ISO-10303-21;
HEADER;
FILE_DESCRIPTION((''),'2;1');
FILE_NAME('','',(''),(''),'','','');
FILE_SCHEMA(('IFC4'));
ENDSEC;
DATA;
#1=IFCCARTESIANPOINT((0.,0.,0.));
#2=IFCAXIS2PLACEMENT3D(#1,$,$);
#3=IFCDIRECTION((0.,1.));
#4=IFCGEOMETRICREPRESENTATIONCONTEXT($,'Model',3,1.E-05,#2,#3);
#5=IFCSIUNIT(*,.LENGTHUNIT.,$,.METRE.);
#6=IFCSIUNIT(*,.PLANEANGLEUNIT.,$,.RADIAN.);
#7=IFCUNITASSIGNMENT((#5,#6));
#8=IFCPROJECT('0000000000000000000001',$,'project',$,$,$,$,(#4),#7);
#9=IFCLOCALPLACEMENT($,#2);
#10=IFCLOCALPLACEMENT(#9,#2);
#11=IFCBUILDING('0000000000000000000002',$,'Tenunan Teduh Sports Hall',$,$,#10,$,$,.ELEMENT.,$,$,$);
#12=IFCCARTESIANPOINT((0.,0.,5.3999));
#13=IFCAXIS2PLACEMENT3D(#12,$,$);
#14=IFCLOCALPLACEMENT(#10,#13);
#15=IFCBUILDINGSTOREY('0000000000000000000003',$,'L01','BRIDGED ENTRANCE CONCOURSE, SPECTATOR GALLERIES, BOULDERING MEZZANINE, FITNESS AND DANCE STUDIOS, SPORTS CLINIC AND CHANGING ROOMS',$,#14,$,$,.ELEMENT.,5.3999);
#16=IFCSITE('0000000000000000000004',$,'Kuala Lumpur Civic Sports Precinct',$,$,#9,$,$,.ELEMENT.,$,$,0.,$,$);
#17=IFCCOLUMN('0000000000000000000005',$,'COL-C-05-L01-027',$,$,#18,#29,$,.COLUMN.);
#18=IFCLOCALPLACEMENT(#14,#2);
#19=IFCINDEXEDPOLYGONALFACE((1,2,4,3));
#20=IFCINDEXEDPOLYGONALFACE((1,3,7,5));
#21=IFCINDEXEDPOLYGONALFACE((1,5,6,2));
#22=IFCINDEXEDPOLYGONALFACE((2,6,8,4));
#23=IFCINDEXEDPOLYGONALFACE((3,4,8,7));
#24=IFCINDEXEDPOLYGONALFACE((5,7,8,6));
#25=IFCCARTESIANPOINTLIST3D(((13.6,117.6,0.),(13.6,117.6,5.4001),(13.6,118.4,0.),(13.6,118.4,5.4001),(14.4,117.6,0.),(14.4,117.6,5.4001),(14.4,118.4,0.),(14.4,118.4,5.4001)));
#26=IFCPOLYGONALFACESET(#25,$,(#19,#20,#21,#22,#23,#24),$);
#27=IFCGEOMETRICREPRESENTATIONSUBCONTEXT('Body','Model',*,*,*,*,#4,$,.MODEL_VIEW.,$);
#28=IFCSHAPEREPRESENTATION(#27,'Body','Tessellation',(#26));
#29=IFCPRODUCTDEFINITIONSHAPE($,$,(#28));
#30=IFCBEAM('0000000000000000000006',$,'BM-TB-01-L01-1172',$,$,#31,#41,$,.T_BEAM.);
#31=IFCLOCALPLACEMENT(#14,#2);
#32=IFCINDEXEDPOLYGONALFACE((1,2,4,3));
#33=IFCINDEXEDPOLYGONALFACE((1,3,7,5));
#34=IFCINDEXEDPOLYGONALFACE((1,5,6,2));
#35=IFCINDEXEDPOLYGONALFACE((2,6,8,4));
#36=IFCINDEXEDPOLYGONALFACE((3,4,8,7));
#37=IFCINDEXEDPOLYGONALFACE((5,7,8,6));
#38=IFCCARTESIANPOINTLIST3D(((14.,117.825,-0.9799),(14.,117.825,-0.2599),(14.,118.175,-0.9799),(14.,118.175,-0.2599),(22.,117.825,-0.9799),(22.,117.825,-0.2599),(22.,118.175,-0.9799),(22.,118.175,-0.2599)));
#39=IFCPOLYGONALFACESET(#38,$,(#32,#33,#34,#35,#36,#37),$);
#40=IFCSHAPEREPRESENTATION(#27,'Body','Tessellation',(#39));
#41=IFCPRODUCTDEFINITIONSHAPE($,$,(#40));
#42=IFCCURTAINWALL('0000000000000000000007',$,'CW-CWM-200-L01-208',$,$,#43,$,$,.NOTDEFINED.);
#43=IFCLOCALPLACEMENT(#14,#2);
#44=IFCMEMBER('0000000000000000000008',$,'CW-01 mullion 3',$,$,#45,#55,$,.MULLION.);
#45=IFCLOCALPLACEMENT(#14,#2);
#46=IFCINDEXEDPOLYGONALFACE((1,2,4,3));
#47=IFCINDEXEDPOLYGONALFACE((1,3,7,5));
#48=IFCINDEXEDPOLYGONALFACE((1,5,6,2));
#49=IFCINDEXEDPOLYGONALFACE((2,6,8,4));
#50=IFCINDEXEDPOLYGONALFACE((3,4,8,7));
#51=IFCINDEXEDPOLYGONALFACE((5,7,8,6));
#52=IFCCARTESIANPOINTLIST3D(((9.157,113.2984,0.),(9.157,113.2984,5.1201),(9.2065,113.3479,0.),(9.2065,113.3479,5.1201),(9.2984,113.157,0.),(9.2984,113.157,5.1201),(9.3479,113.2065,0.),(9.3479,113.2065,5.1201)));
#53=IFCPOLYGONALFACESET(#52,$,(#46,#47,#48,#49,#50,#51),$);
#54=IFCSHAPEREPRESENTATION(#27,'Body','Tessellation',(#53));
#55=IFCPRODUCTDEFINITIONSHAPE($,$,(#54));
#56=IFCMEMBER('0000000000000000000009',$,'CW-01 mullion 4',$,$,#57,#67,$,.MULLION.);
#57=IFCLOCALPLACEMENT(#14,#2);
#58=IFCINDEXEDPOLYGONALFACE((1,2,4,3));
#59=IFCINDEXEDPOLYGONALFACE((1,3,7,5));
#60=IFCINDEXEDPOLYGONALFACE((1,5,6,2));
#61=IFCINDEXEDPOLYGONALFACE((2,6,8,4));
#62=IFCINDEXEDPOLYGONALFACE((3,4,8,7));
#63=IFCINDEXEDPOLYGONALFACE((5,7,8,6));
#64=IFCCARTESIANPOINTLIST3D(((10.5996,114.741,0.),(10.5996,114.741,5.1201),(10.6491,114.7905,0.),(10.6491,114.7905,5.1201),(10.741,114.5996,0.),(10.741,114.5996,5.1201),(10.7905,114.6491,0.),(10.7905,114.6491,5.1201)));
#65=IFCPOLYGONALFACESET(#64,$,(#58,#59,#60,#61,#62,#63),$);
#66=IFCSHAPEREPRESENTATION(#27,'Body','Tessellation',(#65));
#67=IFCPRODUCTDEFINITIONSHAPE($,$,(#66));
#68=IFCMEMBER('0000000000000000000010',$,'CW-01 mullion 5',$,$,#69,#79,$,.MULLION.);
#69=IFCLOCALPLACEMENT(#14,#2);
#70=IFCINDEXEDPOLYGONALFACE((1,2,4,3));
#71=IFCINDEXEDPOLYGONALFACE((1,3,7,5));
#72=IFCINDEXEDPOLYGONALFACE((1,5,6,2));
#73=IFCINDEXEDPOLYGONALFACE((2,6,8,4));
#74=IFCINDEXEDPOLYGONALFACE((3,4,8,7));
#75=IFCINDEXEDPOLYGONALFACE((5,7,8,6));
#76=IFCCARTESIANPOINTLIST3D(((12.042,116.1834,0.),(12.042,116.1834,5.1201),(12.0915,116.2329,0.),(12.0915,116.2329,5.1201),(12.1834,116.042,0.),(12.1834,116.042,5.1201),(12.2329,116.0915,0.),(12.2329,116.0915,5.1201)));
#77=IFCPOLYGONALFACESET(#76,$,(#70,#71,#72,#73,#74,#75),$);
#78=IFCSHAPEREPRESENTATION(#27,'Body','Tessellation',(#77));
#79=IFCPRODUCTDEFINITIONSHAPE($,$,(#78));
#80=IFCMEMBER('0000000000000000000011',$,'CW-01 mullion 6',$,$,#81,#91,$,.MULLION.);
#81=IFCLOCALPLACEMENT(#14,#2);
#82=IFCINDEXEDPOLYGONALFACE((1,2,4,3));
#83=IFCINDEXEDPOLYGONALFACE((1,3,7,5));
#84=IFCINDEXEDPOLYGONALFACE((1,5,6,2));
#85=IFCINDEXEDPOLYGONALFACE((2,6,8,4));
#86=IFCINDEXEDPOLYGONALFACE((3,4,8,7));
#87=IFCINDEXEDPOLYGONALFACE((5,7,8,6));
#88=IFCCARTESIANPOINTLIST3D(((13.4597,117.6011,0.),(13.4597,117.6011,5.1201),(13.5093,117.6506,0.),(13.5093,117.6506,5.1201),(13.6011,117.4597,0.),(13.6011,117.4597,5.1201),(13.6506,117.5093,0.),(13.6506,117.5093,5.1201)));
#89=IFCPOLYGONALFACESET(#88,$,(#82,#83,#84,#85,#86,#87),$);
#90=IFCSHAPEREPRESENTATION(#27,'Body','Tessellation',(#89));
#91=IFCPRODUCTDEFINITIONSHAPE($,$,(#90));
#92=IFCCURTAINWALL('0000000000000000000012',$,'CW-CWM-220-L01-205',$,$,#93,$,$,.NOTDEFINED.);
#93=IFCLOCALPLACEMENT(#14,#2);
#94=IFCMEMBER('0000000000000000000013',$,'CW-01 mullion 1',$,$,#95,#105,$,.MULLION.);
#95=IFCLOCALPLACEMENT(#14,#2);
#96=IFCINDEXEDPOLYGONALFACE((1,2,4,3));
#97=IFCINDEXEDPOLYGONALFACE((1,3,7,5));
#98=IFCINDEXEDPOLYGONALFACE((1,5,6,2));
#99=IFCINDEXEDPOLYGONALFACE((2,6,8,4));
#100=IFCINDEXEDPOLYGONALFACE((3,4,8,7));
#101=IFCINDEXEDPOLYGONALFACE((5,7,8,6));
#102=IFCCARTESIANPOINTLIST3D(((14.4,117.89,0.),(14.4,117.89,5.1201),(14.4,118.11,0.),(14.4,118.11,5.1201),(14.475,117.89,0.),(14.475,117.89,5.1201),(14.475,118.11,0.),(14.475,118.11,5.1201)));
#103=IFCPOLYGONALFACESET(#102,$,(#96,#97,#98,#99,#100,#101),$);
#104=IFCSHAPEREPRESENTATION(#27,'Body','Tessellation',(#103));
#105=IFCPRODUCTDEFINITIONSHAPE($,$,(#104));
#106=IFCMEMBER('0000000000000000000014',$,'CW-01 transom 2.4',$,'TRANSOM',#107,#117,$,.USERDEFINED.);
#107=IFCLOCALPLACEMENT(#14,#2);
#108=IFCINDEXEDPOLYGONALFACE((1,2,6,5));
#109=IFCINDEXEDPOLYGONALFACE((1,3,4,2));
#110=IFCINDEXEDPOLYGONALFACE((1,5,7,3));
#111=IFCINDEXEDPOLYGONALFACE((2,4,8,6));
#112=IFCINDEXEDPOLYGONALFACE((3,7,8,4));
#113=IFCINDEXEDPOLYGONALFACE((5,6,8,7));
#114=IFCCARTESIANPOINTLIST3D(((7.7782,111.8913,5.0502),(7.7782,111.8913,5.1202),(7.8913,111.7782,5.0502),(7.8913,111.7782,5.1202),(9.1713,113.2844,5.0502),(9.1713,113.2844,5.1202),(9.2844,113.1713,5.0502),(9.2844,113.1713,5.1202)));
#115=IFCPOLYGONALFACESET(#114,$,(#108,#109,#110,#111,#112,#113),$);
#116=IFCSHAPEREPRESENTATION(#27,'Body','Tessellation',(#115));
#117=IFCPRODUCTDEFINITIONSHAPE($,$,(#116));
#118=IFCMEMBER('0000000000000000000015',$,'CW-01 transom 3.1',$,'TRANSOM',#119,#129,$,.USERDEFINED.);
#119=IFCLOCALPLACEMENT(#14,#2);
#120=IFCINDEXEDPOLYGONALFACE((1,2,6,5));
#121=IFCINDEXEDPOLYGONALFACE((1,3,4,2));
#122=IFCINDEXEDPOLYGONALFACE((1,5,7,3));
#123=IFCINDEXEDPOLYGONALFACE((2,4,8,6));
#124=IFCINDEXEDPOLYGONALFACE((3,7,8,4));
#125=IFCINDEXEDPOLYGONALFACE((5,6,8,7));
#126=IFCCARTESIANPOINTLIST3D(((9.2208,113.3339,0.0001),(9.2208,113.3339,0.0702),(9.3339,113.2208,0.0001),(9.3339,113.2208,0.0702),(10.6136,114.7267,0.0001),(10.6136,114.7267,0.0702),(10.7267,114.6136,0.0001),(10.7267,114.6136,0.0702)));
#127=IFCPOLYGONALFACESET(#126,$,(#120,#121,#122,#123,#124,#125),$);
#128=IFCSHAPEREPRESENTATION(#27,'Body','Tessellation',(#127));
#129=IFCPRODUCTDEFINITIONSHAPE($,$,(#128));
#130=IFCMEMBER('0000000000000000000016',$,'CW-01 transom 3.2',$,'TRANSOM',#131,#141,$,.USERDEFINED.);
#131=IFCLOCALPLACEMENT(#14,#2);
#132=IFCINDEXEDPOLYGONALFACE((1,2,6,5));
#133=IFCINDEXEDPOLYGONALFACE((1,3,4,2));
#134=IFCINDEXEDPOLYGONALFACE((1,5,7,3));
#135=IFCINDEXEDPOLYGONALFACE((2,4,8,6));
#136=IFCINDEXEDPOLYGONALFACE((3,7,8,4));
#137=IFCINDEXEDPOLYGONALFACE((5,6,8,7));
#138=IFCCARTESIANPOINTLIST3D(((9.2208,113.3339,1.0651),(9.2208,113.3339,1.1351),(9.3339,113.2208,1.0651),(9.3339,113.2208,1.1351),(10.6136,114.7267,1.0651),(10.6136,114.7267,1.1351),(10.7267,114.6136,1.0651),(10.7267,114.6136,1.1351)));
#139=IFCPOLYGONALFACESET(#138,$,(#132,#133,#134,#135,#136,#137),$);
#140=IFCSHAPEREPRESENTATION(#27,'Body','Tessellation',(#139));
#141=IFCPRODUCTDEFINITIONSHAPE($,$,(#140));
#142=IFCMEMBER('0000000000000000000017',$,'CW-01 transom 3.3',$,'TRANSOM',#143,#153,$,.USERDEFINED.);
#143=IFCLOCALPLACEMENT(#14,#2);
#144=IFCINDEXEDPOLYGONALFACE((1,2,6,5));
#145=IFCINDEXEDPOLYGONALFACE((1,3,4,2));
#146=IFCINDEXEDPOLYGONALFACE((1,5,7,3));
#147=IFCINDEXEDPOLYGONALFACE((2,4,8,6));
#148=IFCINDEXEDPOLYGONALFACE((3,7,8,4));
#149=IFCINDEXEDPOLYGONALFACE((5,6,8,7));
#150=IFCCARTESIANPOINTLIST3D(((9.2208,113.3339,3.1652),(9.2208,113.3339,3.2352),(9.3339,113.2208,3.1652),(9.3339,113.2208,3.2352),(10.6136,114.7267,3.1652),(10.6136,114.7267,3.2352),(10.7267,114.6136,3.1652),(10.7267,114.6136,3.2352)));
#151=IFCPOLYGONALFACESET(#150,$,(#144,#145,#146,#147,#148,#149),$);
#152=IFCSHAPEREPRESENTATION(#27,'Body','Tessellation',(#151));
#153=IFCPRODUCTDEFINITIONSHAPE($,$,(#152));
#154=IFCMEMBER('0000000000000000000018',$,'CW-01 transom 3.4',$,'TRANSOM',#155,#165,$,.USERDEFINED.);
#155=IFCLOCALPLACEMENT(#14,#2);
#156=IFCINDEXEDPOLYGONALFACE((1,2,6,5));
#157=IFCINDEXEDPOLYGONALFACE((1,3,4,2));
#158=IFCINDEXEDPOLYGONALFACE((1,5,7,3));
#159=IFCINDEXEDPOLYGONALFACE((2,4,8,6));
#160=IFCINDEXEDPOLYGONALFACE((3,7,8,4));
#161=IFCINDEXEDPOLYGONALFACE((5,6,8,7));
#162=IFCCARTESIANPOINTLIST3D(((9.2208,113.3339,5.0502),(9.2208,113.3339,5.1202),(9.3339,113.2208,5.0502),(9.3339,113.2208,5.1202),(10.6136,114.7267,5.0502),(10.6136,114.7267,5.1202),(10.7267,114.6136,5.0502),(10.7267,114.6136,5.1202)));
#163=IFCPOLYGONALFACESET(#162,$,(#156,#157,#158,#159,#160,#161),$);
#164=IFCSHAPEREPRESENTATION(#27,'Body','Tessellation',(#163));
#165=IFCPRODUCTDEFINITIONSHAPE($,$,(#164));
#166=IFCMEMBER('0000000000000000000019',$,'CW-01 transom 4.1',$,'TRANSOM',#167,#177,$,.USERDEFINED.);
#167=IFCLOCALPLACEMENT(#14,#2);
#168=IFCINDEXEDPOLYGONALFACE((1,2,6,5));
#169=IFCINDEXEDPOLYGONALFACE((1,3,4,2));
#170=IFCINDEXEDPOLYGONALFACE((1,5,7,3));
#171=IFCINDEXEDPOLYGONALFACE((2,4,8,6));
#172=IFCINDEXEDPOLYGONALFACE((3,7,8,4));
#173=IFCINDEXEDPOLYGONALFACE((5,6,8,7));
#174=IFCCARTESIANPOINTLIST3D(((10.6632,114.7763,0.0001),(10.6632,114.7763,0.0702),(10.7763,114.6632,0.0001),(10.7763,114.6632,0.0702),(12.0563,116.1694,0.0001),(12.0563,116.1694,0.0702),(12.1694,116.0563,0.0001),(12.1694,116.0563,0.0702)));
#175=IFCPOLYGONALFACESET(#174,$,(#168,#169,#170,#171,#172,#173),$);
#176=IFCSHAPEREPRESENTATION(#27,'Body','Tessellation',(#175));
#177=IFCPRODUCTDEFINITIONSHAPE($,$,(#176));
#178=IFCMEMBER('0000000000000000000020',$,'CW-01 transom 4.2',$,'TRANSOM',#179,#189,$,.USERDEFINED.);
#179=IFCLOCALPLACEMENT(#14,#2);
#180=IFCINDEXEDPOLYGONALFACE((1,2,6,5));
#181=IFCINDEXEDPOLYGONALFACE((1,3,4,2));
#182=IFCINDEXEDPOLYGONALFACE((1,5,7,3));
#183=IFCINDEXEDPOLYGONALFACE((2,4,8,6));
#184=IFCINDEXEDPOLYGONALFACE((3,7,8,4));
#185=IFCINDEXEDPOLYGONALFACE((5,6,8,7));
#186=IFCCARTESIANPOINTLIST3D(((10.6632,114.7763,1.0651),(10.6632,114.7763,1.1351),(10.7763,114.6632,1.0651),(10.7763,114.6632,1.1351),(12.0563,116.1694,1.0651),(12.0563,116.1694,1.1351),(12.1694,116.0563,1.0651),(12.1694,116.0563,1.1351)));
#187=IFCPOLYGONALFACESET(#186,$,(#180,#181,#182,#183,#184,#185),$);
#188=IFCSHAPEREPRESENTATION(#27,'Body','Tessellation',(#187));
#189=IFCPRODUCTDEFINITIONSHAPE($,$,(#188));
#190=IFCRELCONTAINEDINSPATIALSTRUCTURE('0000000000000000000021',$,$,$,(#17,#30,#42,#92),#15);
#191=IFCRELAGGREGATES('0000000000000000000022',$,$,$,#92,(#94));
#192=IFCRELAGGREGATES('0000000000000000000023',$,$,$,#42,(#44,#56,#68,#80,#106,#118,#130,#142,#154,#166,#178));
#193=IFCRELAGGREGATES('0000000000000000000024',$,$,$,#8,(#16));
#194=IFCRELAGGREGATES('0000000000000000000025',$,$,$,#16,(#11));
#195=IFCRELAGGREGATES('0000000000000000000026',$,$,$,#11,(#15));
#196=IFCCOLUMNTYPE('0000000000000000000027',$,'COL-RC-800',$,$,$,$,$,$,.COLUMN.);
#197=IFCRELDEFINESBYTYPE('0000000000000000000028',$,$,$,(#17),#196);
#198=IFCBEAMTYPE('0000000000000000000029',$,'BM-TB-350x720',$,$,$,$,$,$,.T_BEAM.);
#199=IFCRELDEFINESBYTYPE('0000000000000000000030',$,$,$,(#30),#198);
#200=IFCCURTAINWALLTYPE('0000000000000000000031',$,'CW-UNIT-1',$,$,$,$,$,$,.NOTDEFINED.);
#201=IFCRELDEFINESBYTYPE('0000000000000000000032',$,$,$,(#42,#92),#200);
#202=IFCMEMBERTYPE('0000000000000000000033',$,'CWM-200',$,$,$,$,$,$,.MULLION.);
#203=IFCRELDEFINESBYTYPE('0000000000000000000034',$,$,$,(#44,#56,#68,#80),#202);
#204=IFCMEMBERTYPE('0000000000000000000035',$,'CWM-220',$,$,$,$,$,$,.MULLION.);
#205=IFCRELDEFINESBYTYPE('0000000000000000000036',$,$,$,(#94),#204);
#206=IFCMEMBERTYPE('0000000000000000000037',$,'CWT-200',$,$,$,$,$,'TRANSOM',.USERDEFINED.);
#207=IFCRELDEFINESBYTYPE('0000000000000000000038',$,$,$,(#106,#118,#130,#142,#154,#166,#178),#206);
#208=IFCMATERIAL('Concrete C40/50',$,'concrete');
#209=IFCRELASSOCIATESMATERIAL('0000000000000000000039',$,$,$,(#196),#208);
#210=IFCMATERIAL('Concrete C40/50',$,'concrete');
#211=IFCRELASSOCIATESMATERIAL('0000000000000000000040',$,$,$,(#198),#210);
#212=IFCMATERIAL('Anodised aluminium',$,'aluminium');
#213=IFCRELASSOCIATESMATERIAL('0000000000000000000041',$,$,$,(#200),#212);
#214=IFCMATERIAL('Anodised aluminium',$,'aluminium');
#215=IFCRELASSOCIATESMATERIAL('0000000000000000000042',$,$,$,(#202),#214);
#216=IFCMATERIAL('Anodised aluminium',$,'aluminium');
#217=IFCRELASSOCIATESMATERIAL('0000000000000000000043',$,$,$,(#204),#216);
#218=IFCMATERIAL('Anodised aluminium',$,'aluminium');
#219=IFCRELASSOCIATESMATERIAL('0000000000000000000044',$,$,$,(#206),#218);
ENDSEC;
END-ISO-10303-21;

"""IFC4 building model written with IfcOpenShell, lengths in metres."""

from ifc_helpers import new_model, si_unit, direction, frame, origin, origin_2d, place, context, subcontext, project, spatial, rectangle, extrude, material, material_profile, profile_set, type_object, element, aggregate, save


model = new_model("IFC4")

# Units and contexts
model_context = context("Model", 3, precision=1e-05, world=origin(), true_north=direction((0.0, 1.0)))
body_context = subcontext(model_context, "Body", "Model", "MODEL_VIEW")
ifc_project = project(units=[si_unit("LENGTHUNIT", "METRE"), si_unit("PLANEANGLEUNIT", "RADIAN")], contexts=[model_context])

# Site, building, storey
site_placement = place(None, origin())
site = spatial("IfcSite", under=ifc_project, at=site_placement, Name="Kuala Lumpur Civic Sports Precinct", CompositionType="ELEMENT", RefElevation=0.0)
building_placement = place(site_placement, origin())
building = spatial("IfcBuilding", under=site, at=building_placement, Name="Tenunan Teduh Sports Hall", CompositionType="ELEMENT")
storey_placement = place(building_placement, frame((0.0, 0.0, 5.3999)))
storey = spatial("IfcBuildingStorey", under=building, at=storey_placement, Name="L01", Description="BRIDGED ENTRANCE CONCOURSE, SPECTATOR GALLERIES, BOULDERING MEZZANINE, FITNESS AND DANCE STUDIOS, SPORTS CLINIC AND CHANGING ROOMS", CompositionType="ELEMENT", Elevation=5.3999)

# Column
ifc_material_1 = material(Name="Concrete C40/50", Category="concrete")
ifc_material_profile_1 = material_profile(ifc_material_1, rectangle(XDim=0.8, YDim=0.8, at=origin_2d()), Name="RC 800x800")
ifc_profile_set_1 = profile_set([ifc_material_profile_1], Name="Concrete C40/50")
column_type = type_object("IfcColumnType", Name="COL-RC-800", PredefinedType="COLUMN", material=ifc_profile_set_1)
column_placement = place(storey_placement, frame((14.0, 118.0, 0.0), z_axis=(0.0, 0.0, 1.0), x_axis=(1.0, 0.0, 0.0)))
element("IfcColumn", 1, at=column_placement, inside=storey, type_object=column_type, Name="COL-C-05-L01-027", PredefinedType="COLUMN", context=body_context, shape_type="SweptSolid", body=[
    extrude(rectangle(XDim=0.8, YDim=0.8, at=origin_2d()), origin(), (0.0, 0.0, 1.0), 5.4001),
])

# Beam
ifc_material_2 = material(Name="Concrete C40/50", Category="concrete")
ifc_material_profile_2 = material_profile(ifc_material_2, rectangle(XDim=0.3501, YDim=0.72, at=origin_2d()), Name="TB 350x720")
ifc_profile_set_2 = profile_set([ifc_material_profile_2], Name="Concrete C40/50")
beam_type_1 = type_object("IfcBeamType", Name="BM-TB-350x720", PredefinedType="T_BEAM", material=ifc_profile_set_2)
beam_1_placement = place(storey_placement, frame((14.0, 118.0, -0.6199), z_axis=(1.0, 0.0, 0.0), x_axis=(0.0, 1.0, 0.0)))
element("IfcBeam", 2, at=beam_1_placement, inside=storey, type_object=beam_type_1, Name="BM-TB-01-L01-1172", PredefinedType="T_BEAM", context=body_context, shape_type="SweptSolid", body=[
    extrude(rectangle(XDim=0.3501, YDim=0.72, at=origin_2d()), origin(), (0.0, 0.0, 1.0), 8.0),
])

# Curtain wall, members
ifc_material_3 = material(Name="Anodised aluminium", Category="aluminium")
curtain_wall_type = type_object("IfcCurtainWallType", Name="CW-UNIT-1", PredefinedType="NOTDEFINED", material=ifc_material_3)
curtain_wall_1_placement = place(storey_placement, origin())
curtain_wall_1 = element("IfcCurtainWall", 3, at=curtain_wall_1_placement, inside=storey, type_object=curtain_wall_type, Name="CW-CWM-200-L01-208", PredefinedType="NOTDEFINED")
ifc_material_4 = material(Name="Anodised aluminium", Category="aluminium")
ifc_material_profile_3 = material_profile(ifc_material_4, rectangle(XDim=0.0701, YDim=0.2, at=origin_2d()), Name="CWM 70x200")
ifc_profile_set_3 = profile_set([ifc_material_profile_3], Name="Anodised aluminium")
member_type_1 = type_object("IfcMemberType", Name="CWM-200", PredefinedType="MULLION", material=ifc_profile_set_3)
member_1_placement = place(storey_placement, frame((9.2524, 113.2524, 0.0), z_axis=(0.0, 0.0, 1.0), x_axis=(0.707107, 0.707107, 0.0)))
member_1 = element("IfcMember", 4, at=member_1_placement, type_object=member_type_1, Name="CW-01 mullion 3", PredefinedType="MULLION", context=body_context, shape_type="SweptSolid", body=[
    extrude(rectangle(XDim=0.0701, YDim=0.2, at=origin_2d()), origin(), (0.0, 0.0, 1.0), 5.1201),
])
member_2_placement = place(storey_placement, frame((10.6951, 114.6951, 0.0), z_axis=(0.0, 0.0, 1.0), x_axis=(0.707107, 0.707107, 0.0)))
member_2 = element("IfcMember", 5, at=member_2_placement, type_object=member_type_1, Name="CW-01 mullion 4", PredefinedType="MULLION", context=body_context, shape_type="SweptSolid", body=[
    extrude(rectangle(XDim=0.0701, YDim=0.2, at=origin_2d()), origin(), (0.0, 0.0, 1.0), 5.1201),
])
member_3_placement = place(storey_placement, frame((12.1375, 116.1375, 0.0), z_axis=(0.0, 0.0, 1.0), x_axis=(0.707107, 0.707107, 0.0)))
member_3 = element("IfcMember", 6, at=member_3_placement, type_object=member_type_1, Name="CW-01 mullion 5", PredefinedType="MULLION", context=body_context, shape_type="SweptSolid", body=[
    extrude(rectangle(XDim=0.0701, YDim=0.2, at=origin_2d()), origin(), (0.0, 0.0, 1.0), 5.1201),
])
member_4_placement = place(storey_placement, frame((13.5552, 117.5552, 0.0), z_axis=(0.0, 0.0, 1.0), x_axis=(0.707107, 0.707107, 0.0)))
member_4 = element("IfcMember", 7, at=member_4_placement, type_object=member_type_1, Name="CW-01 mullion 6", PredefinedType="MULLION", context=body_context, shape_type="SweptSolid", body=[
    extrude(rectangle(XDim=0.0701, YDim=0.2, at=origin_2d()), origin(), (0.0, 0.0, 1.0), 5.1201),
])

# Curtain wall, member
curtain_wall_2_placement = place(storey_placement, origin())
curtain_wall_2 = element("IfcCurtainWall", 8, at=curtain_wall_2_placement, inside=storey, type_object=curtain_wall_type, Name="CW-CWM-220-L01-205", PredefinedType="NOTDEFINED")
ifc_material_5 = material(Name="Anodised aluminium", Category="aluminium")
ifc_material_profile_4 = material_profile(ifc_material_5, rectangle(XDim=0.075, YDim=0.22, at=origin_2d()), Name="CWM 75x220")
ifc_profile_set_4 = profile_set([ifc_material_profile_4], Name="Anodised aluminium")
member_type_2 = type_object("IfcMemberType", Name="CWM-220", PredefinedType="MULLION", material=ifc_profile_set_4)
member_5_placement = place(storey_placement, frame((14.4375, 118.0, 0.0), z_axis=(0.0, 0.0, 1.0), x_axis=(1.0, 0.0, 0.0)))
member_5 = element("IfcMember", 9, at=member_5_placement, type_object=member_type_2, Name="CW-01 mullion 1", PredefinedType="MULLION", context=body_context, shape_type="SweptSolid", body=[
    extrude(rectangle(XDim=0.075, YDim=0.22, at=origin_2d()), origin(), (0.0, 0.0, 1.0), 5.1201),
])
aggregate(curtain_wall_2, [member_5])

# Members
ifc_material_6 = material(Name="Anodised aluminium", Category="aluminium")
ifc_material_profile_5 = material_profile(ifc_material_6, rectangle(XDim=0.0701, YDim=0.1599, at=origin_2d()), Name="CWT 70x160")
ifc_profile_set_5 = profile_set([ifc_material_profile_5], Name="Anodised aluminium")
member_type_3 = type_object("IfcMemberType", Name="CWT-200", ElementType="TRANSOM", PredefinedType="USERDEFINED", material=ifc_profile_set_5)
member_6_placement = place(storey_placement, frame((7.8347, 111.8347, 5.0852), z_axis=(0.707107, 0.707107, 0.0), x_axis=(0.0, 0.0, 1.0)))
member_6 = element("IfcMember", 10, at=member_6_placement, type_object=member_type_3, Name="CW-01 transom 2.4", ObjectType="TRANSOM", PredefinedType="USERDEFINED", context=body_context, shape_type="SweptSolid", body=[
    extrude(rectangle(XDim=0.0701, YDim=0.1599, at=origin_2d()), origin(), (0.0, 0.0, 1.0), 1.9702),
])
member_7_placement = place(storey_placement, frame((9.2773, 113.2773, 0.0352), z_axis=(0.707107, 0.707107, 0.0), x_axis=(0.0, 0.0, 1.0)))
member_7 = element("IfcMember", 11, at=member_7_placement, type_object=member_type_3, Name="CW-01 transom 3.1", ObjectType="TRANSOM", PredefinedType="USERDEFINED", context=body_context, shape_type="SweptSolid", body=[
    extrude(rectangle(XDim=0.0701, YDim=0.1599, at=origin_2d()), origin(), (0.0, 0.0, 1.0), 1.9697),
])
member_8_placement = place(storey_placement, frame((9.2773, 113.2773, 1.1001), z_axis=(0.707107, 0.707107, 0.0), x_axis=(0.0, 0.0, 1.0)))
member_8 = element("IfcMember", 12, at=member_8_placement, type_object=member_type_3, Name="CW-01 transom 3.2", ObjectType="TRANSOM", PredefinedType="USERDEFINED", context=body_context, shape_type="SweptSolid", body=[
    extrude(rectangle(XDim=0.0701, YDim=0.1599, at=origin_2d()), origin(), (0.0, 0.0, 1.0), 1.9697),
])
member_9_placement = place(storey_placement, frame((9.2773, 113.2773, 3.2002), z_axis=(0.707107, 0.707107, 0.0), x_axis=(0.0, 0.0, 1.0)))
member_9 = element("IfcMember", 13, at=member_9_placement, type_object=member_type_3, Name="CW-01 transom 3.3", ObjectType="TRANSOM", PredefinedType="USERDEFINED", context=body_context, shape_type="SweptSolid", body=[
    extrude(rectangle(XDim=0.0701, YDim=0.1599, at=origin_2d()), origin(), (0.0, 0.0, 1.0), 1.9697),
])
member_10_placement = place(storey_placement, frame((9.2773, 113.2773, 5.0852), z_axis=(0.707107, 0.707107, 0.0), x_axis=(0.0, 0.0, 1.0)))
member_10 = element("IfcMember", 14, at=member_10_placement, type_object=member_type_3, Name="CW-01 transom 3.4", ObjectType="TRANSOM", PredefinedType="USERDEFINED", context=body_context, shape_type="SweptSolid", body=[
    extrude(rectangle(XDim=0.0701, YDim=0.1599, at=origin_2d()), origin(), (0.0, 0.0, 1.0), 1.9697),
])
member_11_placement = place(storey_placement, frame((10.7197, 114.7197, 0.0352), z_axis=(0.707107, 0.707107, 0.0), x_axis=(0.0, 0.0, 1.0)))
member_11 = element("IfcMember", 15, at=member_11_placement, type_object=member_type_3, Name="CW-01 transom 4.1", ObjectType="TRANSOM", PredefinedType="USERDEFINED", context=body_context, shape_type="SweptSolid", body=[
    extrude(rectangle(XDim=0.0701, YDim=0.1599, at=origin_2d()), origin(), (0.0, 0.0, 1.0), 1.9702),
])
member_12_placement = place(storey_placement, frame((10.7197, 114.7197, 1.1001), z_axis=(0.707107, 0.707107, 0.0), x_axis=(0.0, 0.0, 1.0)))
member_12 = element("IfcMember", 16, at=member_12_placement, type_object=member_type_3, Name="CW-01 transom 4.2", ObjectType="TRANSOM", PredefinedType="USERDEFINED", context=body_context, shape_type="SweptSolid", body=[
    extrude(rectangle(XDim=0.0701, YDim=0.1599, at=origin_2d()), origin(), (0.0, 0.0, 1.0), 1.9702),
])

aggregate(curtain_wall_1, [member_1, member_2, member_3, member_4, member_6, member_7, member_8, member_9, member_10, member_11, member_12])

save(model, "model.ifc")
